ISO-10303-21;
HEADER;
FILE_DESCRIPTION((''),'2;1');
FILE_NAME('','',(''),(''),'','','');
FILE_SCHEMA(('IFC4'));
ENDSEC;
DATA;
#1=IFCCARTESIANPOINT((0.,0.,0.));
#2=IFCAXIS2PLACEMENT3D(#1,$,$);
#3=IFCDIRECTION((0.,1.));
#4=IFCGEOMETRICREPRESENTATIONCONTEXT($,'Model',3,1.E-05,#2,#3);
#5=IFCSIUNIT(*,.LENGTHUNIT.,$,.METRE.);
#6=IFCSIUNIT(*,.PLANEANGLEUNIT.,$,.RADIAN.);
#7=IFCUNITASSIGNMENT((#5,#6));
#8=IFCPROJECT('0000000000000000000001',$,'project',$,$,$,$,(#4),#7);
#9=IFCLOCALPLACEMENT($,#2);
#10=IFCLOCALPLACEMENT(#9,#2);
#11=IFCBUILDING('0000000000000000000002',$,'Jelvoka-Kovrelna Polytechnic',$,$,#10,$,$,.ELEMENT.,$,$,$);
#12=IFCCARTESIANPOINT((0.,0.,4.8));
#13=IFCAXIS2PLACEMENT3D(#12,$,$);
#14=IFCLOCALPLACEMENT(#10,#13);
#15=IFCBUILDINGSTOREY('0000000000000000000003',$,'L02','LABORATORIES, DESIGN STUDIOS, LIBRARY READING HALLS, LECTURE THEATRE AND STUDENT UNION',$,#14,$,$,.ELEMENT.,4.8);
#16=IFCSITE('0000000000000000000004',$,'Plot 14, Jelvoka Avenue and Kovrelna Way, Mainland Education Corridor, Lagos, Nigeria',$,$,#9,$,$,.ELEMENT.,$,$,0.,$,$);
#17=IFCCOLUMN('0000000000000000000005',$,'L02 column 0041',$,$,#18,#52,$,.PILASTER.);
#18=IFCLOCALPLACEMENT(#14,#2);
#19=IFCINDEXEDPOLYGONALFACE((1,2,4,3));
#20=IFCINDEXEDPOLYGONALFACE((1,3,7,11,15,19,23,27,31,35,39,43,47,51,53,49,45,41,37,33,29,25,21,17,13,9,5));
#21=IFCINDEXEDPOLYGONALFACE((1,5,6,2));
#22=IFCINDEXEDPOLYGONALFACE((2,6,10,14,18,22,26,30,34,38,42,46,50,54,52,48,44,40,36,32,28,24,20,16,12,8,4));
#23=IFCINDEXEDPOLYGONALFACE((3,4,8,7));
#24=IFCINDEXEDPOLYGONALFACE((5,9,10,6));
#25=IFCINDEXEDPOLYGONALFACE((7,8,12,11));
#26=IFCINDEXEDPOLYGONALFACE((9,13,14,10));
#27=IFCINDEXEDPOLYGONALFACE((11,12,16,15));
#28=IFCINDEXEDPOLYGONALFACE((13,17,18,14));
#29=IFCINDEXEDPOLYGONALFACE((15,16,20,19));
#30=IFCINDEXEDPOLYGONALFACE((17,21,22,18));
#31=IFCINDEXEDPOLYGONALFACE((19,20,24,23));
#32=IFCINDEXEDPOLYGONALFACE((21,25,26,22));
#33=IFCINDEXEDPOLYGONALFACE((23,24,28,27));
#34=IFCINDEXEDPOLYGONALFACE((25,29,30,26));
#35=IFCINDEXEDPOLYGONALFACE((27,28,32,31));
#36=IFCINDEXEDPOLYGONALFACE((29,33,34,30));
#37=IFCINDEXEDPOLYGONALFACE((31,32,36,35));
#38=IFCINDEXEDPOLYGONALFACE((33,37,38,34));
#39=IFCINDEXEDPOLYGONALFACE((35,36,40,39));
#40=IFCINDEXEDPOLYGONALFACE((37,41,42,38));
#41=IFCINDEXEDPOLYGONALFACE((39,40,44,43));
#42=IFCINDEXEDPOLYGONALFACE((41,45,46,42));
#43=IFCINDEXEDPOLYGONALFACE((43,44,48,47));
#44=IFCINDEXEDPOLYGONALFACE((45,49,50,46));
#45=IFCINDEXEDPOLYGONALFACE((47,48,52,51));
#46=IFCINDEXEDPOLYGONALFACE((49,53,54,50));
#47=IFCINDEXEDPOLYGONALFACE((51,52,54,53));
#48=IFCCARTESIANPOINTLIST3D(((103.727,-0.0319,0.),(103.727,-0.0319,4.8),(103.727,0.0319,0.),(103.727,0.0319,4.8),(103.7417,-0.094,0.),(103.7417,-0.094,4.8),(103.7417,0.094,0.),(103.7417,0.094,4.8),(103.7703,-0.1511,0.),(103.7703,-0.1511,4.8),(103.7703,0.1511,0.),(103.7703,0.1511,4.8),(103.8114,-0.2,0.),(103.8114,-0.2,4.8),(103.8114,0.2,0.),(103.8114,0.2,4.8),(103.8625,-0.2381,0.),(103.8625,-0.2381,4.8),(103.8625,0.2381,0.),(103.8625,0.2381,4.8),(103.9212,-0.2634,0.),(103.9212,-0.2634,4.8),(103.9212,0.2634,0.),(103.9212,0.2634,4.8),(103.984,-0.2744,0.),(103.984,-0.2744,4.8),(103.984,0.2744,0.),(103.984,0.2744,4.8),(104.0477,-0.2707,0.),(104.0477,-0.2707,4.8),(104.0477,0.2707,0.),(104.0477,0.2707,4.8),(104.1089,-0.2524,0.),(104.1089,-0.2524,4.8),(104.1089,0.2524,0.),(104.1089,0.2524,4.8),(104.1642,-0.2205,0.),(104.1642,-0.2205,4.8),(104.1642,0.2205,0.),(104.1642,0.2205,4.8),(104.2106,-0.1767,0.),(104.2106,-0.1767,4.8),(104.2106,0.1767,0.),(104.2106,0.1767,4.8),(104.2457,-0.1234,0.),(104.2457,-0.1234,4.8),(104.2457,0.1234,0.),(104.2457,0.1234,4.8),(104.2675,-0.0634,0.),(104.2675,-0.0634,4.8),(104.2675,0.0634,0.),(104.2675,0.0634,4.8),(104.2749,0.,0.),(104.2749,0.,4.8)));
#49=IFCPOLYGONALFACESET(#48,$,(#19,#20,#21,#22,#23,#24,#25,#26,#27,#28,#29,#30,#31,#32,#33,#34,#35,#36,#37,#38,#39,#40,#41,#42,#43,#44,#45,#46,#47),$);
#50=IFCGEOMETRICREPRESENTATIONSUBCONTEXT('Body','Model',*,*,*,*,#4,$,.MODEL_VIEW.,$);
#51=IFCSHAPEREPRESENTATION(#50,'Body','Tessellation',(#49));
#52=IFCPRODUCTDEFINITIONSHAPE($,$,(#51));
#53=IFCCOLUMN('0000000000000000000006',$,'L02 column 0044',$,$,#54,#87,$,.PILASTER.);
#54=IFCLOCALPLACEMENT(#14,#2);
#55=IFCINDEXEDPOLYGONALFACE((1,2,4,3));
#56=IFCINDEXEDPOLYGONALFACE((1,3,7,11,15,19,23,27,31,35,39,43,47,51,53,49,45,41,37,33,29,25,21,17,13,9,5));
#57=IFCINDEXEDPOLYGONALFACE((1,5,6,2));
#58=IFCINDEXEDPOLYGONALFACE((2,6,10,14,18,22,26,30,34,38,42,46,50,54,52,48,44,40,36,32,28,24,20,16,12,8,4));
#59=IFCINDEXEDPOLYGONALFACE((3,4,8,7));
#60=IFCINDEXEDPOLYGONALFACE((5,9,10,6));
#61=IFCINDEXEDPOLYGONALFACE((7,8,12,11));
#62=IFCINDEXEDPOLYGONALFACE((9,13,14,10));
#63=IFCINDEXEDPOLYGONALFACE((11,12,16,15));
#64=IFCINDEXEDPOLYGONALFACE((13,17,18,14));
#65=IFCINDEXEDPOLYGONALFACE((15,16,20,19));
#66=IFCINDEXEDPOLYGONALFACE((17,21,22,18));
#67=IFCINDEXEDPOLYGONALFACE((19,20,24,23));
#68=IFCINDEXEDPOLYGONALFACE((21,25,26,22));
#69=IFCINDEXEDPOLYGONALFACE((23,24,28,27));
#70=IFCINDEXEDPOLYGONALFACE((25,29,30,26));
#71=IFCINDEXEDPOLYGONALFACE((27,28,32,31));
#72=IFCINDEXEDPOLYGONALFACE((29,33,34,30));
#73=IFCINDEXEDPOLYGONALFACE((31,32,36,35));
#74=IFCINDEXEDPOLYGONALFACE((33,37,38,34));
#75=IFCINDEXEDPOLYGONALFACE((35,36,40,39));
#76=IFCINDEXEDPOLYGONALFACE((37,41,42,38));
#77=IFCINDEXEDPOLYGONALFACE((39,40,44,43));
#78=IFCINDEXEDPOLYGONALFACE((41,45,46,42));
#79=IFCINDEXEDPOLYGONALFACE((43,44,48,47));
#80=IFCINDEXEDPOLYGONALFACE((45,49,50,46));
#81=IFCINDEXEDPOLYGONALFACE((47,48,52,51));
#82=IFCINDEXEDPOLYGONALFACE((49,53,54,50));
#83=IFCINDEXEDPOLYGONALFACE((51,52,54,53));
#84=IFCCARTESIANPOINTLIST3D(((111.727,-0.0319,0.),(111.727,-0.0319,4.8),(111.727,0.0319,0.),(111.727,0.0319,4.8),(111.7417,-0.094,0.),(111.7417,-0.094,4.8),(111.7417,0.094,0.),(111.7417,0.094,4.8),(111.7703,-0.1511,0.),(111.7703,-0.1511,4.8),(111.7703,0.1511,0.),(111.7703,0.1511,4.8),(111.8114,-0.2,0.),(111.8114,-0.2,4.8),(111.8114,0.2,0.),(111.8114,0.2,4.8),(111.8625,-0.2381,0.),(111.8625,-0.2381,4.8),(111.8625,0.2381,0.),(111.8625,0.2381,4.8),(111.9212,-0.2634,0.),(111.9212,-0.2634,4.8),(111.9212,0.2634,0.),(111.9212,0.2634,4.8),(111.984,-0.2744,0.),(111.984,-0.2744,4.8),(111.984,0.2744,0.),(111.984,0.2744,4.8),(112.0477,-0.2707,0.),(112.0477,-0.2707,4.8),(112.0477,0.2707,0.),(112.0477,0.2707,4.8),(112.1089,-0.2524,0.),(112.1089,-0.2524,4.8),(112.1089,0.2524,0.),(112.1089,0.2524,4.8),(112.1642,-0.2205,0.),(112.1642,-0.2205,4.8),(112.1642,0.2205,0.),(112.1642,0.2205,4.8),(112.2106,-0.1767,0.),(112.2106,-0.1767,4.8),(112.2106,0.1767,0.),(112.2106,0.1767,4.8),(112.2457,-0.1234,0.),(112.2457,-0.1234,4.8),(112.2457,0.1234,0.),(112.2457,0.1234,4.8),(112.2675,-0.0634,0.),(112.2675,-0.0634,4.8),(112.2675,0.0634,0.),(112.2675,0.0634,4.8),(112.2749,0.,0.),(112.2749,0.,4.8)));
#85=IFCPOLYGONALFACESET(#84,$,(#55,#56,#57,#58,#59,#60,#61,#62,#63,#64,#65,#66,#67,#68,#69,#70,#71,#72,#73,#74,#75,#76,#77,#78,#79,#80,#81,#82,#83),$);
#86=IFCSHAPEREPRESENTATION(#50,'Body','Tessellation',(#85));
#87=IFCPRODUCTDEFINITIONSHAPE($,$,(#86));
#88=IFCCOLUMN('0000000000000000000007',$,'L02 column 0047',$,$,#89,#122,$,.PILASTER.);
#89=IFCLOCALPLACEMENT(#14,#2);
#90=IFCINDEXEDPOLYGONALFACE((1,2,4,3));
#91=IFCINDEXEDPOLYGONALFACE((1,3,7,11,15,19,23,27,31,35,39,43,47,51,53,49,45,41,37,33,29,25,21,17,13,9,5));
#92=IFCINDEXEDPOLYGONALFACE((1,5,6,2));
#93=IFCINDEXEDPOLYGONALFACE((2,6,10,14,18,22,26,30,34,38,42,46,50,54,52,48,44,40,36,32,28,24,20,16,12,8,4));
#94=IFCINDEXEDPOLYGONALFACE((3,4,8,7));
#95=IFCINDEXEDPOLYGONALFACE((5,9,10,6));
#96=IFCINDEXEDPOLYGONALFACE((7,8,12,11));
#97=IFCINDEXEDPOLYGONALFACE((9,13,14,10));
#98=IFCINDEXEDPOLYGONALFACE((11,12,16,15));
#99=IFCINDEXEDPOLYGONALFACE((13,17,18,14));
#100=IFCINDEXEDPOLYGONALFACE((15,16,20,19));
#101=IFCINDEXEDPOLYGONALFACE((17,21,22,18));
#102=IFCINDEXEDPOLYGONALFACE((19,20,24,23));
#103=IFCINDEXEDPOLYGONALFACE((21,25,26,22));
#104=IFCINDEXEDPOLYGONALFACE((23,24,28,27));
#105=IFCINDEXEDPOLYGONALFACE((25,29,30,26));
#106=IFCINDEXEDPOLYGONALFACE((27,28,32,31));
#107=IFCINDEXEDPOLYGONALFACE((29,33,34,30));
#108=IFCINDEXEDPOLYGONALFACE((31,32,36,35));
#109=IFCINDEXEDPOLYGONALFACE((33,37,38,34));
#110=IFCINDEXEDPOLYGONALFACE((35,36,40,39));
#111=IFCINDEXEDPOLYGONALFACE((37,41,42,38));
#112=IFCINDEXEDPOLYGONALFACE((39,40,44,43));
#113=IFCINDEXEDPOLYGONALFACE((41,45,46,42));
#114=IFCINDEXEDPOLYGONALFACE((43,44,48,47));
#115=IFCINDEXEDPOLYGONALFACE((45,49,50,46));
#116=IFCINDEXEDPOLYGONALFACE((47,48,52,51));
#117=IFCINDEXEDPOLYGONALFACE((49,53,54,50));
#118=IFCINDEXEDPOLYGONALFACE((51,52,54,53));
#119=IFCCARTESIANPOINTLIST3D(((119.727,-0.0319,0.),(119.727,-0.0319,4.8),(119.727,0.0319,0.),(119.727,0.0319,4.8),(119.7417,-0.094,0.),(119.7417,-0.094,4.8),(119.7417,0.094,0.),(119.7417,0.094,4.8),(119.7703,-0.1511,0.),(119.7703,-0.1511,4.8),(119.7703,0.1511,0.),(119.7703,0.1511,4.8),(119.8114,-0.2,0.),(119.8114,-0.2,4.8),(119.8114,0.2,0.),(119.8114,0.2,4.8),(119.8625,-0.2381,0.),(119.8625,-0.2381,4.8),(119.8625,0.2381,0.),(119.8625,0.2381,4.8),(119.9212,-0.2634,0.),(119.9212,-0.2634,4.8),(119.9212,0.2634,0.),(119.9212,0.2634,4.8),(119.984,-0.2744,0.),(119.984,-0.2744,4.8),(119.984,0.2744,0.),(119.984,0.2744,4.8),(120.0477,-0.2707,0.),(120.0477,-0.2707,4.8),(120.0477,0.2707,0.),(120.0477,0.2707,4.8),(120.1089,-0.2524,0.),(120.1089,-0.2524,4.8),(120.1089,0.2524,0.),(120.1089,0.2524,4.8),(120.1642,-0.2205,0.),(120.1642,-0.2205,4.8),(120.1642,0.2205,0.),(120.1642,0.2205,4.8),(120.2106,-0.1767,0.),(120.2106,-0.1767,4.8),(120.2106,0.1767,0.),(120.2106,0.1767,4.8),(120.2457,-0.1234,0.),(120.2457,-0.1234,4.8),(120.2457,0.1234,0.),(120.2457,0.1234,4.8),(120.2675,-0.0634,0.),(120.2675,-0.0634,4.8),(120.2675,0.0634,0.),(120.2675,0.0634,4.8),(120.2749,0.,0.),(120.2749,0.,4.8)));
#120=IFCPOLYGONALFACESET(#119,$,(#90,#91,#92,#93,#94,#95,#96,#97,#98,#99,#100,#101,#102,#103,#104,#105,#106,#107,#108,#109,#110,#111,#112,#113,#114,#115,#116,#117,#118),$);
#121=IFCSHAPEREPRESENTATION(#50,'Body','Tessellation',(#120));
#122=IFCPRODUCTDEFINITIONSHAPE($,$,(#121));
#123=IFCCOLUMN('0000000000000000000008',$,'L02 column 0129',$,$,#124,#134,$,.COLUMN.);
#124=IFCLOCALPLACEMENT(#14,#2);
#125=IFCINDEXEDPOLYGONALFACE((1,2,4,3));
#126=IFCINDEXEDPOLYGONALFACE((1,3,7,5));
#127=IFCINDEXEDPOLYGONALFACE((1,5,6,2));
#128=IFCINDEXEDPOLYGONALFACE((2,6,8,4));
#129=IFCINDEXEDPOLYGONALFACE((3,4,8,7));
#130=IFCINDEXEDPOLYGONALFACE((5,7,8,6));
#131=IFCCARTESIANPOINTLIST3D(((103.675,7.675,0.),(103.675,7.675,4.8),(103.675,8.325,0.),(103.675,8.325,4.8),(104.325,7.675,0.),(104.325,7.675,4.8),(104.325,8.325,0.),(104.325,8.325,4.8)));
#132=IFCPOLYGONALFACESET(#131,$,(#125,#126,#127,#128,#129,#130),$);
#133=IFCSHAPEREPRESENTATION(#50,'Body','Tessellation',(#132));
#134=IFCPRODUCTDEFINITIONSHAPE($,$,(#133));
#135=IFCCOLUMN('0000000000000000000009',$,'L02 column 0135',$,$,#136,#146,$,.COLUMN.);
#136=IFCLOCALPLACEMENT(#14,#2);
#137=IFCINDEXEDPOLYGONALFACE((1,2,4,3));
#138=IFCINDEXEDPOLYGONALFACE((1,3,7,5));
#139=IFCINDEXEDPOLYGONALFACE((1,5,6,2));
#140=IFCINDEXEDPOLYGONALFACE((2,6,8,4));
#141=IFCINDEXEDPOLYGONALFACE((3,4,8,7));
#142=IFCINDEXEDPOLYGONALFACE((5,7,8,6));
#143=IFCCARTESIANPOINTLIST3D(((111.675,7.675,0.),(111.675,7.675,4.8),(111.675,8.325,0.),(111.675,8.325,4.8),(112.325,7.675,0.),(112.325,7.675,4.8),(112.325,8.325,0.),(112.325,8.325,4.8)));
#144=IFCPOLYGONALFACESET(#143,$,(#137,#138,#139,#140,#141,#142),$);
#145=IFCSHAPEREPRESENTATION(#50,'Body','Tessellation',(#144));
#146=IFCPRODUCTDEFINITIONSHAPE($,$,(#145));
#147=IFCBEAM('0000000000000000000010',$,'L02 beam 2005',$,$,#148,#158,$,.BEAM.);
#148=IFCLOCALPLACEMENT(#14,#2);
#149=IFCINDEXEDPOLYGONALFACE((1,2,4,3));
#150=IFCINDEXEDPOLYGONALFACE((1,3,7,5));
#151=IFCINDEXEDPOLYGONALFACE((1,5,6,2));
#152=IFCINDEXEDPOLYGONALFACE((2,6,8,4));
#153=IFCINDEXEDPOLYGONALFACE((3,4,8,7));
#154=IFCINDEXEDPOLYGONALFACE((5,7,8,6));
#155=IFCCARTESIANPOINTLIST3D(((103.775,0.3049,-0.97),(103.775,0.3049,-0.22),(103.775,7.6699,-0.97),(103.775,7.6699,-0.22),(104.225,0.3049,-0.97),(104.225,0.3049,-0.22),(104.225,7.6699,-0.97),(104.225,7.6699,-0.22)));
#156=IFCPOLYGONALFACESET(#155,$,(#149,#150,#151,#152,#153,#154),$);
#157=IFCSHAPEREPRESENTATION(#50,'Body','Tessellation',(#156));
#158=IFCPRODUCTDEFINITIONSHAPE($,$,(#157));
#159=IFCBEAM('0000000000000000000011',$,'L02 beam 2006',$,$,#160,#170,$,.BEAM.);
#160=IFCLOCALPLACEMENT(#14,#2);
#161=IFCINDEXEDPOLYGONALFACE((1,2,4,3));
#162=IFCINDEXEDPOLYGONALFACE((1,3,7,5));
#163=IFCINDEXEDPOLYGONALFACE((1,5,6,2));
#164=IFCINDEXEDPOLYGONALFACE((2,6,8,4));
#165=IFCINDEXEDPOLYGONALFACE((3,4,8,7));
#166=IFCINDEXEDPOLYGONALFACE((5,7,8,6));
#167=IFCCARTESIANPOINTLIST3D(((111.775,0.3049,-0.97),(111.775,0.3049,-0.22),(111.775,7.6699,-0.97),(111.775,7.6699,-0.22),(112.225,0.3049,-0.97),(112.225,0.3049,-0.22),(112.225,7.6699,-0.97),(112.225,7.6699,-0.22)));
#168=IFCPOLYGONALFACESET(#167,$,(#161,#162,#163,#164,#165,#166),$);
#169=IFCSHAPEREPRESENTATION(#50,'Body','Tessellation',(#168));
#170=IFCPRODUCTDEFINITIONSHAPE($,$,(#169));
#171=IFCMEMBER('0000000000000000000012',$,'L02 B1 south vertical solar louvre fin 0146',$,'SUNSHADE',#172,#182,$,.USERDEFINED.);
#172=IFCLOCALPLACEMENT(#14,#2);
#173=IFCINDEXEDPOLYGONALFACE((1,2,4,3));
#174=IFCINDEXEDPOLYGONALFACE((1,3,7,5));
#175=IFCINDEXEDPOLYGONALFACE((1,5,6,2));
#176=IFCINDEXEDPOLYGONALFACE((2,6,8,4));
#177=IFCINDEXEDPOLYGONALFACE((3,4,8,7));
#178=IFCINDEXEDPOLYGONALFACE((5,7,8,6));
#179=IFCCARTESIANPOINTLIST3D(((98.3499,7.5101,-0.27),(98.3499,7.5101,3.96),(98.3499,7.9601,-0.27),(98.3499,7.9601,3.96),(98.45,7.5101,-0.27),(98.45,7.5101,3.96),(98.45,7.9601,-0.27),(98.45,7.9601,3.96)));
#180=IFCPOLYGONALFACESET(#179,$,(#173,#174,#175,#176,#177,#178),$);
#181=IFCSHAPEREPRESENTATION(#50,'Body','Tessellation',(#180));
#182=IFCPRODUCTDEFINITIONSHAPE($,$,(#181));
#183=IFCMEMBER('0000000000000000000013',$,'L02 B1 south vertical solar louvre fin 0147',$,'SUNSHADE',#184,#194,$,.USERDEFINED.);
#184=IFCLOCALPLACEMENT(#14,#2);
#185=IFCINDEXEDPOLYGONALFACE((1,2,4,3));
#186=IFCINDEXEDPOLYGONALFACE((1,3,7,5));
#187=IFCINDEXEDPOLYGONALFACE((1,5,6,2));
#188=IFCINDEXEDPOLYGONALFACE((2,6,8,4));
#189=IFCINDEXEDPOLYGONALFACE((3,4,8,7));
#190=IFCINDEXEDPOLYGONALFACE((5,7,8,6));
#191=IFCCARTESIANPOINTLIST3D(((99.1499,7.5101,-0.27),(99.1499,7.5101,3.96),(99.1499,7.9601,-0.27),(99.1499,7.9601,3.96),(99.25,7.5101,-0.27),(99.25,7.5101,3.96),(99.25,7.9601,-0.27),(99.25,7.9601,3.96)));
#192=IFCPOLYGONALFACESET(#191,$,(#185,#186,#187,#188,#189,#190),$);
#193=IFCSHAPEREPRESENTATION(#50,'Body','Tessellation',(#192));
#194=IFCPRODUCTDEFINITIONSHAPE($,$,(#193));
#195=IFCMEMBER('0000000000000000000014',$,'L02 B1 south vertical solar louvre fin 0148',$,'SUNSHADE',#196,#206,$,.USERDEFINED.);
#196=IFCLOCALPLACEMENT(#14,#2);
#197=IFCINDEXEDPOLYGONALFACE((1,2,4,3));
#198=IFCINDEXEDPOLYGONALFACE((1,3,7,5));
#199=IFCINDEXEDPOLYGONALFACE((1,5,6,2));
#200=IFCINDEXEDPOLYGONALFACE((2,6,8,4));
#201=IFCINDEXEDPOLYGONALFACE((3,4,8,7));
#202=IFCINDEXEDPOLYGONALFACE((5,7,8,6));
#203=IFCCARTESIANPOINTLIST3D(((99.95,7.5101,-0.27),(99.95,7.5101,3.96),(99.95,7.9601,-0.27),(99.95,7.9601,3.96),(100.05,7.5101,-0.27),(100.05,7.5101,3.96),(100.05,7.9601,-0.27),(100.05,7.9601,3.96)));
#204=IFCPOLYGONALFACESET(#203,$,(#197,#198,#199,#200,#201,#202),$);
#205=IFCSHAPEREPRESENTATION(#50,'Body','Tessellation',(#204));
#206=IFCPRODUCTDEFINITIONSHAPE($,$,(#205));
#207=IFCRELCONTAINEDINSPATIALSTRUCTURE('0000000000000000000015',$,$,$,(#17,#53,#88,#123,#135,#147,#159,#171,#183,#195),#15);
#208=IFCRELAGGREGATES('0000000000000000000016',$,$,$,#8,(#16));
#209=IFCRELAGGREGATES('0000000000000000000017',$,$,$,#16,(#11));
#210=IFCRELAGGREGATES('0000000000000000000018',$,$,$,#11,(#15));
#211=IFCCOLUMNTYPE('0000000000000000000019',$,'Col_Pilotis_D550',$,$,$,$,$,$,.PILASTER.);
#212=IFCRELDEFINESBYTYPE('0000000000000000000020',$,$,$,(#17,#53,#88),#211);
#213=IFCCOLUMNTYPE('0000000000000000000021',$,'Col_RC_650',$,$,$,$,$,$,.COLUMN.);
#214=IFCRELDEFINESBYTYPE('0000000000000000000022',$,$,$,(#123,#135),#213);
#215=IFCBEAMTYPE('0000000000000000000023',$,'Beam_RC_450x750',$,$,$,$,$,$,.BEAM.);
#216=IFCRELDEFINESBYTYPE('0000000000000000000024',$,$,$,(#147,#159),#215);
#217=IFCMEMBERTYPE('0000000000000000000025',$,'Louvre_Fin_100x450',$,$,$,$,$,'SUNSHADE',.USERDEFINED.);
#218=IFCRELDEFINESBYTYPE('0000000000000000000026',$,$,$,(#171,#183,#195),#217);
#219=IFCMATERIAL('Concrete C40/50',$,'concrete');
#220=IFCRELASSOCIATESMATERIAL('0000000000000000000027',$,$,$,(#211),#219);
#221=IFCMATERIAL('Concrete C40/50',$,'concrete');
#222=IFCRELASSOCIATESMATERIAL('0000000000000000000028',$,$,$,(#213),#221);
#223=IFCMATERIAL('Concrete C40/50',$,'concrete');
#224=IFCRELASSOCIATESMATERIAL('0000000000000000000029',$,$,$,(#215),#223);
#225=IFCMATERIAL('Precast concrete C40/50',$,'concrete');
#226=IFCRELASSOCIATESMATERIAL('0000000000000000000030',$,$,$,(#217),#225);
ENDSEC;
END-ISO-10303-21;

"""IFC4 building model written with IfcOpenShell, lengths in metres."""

from ifc_helpers import new_model, si_unit, direction, frame, origin, origin_2d, place, context, subcontext, project, spatial, rectangle, circle, extrude, material, material_profile, profile_set, type_object, element, save


model = new_model("IFC4")

# Units and contexts
model_context = context("Model", 3, precision=1e-05, world=origin(), true_north=direction((0.0, 1.0)))
body_context = subcontext(model_context, "Body", "Model", "MODEL_VIEW")
ifc_project = project(units=[si_unit("LENGTHUNIT", "METRE"), si_unit("PLANEANGLEUNIT", "RADIAN")], contexts=[model_context])

# Site, building, storey
site_placement = place(None, origin())
site = spatial("IfcSite", under=ifc_project, at=site_placement, Name="Plot 14, Jelvoka Avenue and Kovrelna Way, Mainland Education Corridor, Lagos, Nigeria", CompositionType="ELEMENT", RefElevation=0.0)
building_placement = place(site_placement, origin())
building = spatial("IfcBuilding", under=site, at=building_placement, Name="Jelvoka-Kovrelna Polytechnic", CompositionType="ELEMENT")
storey_placement = place(building_placement, frame((0.0, 0.0, 4.8)))
storey = spatial("IfcBuildingStorey", under=building, at=storey_placement, Name="L02", Description="LABORATORIES, DESIGN STUDIOS, LIBRARY READING HALLS, LECTURE THEATRE AND STUDENT UNION", CompositionType="ELEMENT", Elevation=4.8)

# Columns
ifc_material_1 = material(Name="Concrete C40/50", Category="concrete")
ifc_material_profile_1 = material_profile(ifc_material_1, circle(Radius=0.2749, at=origin_2d()), Name="RC D550")
ifc_profile_set_1 = profile_set([ifc_material_profile_1], Name="Concrete C40/50")
column_type_1 = type_object("IfcColumnType", Name="Col_Pilotis_D550", PredefinedType="PILASTER", material=ifc_profile_set_1)
for number, where, z_axis, x_axis, name in (
    (1, (104.0, 0.0, 0.0), (0.0, 0.0, 1.0), (1.0, 0.0, 0.0), "L02 column 0041"),
    (2, (112.0, 0.0, 0.0), (0.0, 0.0, 1.0), (1.0, 0.0, 0.0), "L02 column 0044"),
    (3, (120.0, 0.0, 0.0), (0.0, 0.0, 1.0), (1.0, 0.0, 0.0), "L02 column 0047"),
):
    element("IfcColumn", number, at=place(storey_placement, frame(where, z_axis=z_axis, x_axis=x_axis)), inside=storey, type_object=column_type_1, Name=name, PredefinedType="PILASTER", context=body_context, shape_type="SweptSolid", body=[
        extrude(circle(Radius=0.2749, at=origin_2d()), origin(), (0.0, 0.0, 1.0), 4.8),
    ])
ifc_material_2 = material(Name="Concrete C40/50", Category="concrete")
ifc_material_profile_2 = material_profile(ifc_material_2, rectangle(XDim=0.6499, YDim=0.6499, at=origin_2d()), Name="RC 650x650")
ifc_profile_set_2 = profile_set([ifc_material_profile_2], Name="Concrete C40/50")
column_type_2 = type_object("IfcColumnType", Name="Col_RC_650", PredefinedType="COLUMN", material=ifc_profile_set_2)
for number, where, z_axis, x_axis, name in (
    (4, (104.0, 8.0, 0.0), (0.0, 0.0, 1.0), (1.0, 0.0, 0.0), "L02 column 0129"),
    (5, (112.0, 8.0, 0.0), (0.0, 0.0, 1.0), (1.0, 0.0, 0.0), "L02 column 0135"),
):
    element("IfcColumn", number, at=place(storey_placement, frame(where, z_axis=z_axis, x_axis=x_axis)), inside=storey, type_object=column_type_2, Name=name, PredefinedType="COLUMN", context=body_context, shape_type="SweptSolid", body=[
        extrude(rectangle(XDim=0.6499, YDim=0.6499, at=origin_2d()), origin(), (0.0, 0.0, 1.0), 4.8),
    ])

# Beams
ifc_material_3 = material(Name="Concrete C40/50", Category="concrete")
ifc_material_profile_3 = material_profile(ifc_material_3, rectangle(XDim=0.45, YDim=0.75, at=origin_2d()), Name="RC 450x750")
ifc_profile_set_3 = profile_set([ifc_material_profile_3], Name="Concrete C40/50")
beam_type_1 = type_object("IfcBeamType", Name="Beam_RC_450x750", PredefinedType="BEAM", material=ifc_profile_set_3)
for number, where, z_axis, x_axis, name in (
    (6, (104.0, 0.3049, -0.595), (0.0, 1.0, 0.0), (-1.0, 0.0, 0.0), "L02 beam 2005"),
    (7, (112.0, 0.3049, -0.595), (0.0, 1.0, 0.0), (-1.0, 0.0, 0.0), "L02 beam 2006"),
):
    element("IfcBeam", number, at=place(storey_placement, frame(where, z_axis=z_axis, x_axis=x_axis)), inside=storey, type_object=beam_type_1, Name=name, PredefinedType="BEAM", context=body_context, shape_type="SweptSolid", body=[
        extrude(rectangle(XDim=0.45, YDim=0.75, at=origin_2d()), origin(), (0.0, 0.0, 1.0), 7.365),
    ])

# Members
ifc_material_4 = material(Name="Precast concrete C40/50", Category="concrete")
ifc_material_profile_4 = material_profile(ifc_material_4, rectangle(XDim=0.1001, YDim=0.45, at=origin_2d()), Name="PC 100x450")
ifc_profile_set_4 = profile_set([ifc_material_profile_4], Name="Precast concrete C40/50")
member_type = type_object("IfcMemberType", Name="Louvre_Fin_100x450", ElementType="SUNSHADE", PredefinedType="USERDEFINED", material=ifc_profile_set_4)
for number, where, z_axis, x_axis, name in (
    (8, (98.3999, 7.7351, -0.27), (0.0, 0.0, 1.0), (1.0, 0.0, 0.0), "L02 B1 south vertical solar louvre fin 0146"),
    (9, (99.2, 7.7351, -0.27), (0.0, 0.0, 1.0), (1.0, 0.0, 0.0), "L02 B1 south vertical solar louvre fin 0147"),
    (10, (100.0, 7.7351, -0.27), (0.0, 0.0, 1.0), (1.0, 0.0, 0.0), "L02 B1 south vertical solar louvre fin 0148"),
):
    element("IfcMember", number, at=place(storey_placement, frame(where, z_axis=z_axis, x_axis=x_axis)), inside=storey, type_object=member_type, Name=name, ObjectType="SUNSHADE", PredefinedType="USERDEFINED", context=body_context, shape_type="SweptSolid", body=[
        extrude(rectangle(XDim=0.1001, YDim=0.45, at=origin_2d()), origin(), (0.0, 0.0, 1.0), 4.23),
    ])

save(model, "model.ifc")
